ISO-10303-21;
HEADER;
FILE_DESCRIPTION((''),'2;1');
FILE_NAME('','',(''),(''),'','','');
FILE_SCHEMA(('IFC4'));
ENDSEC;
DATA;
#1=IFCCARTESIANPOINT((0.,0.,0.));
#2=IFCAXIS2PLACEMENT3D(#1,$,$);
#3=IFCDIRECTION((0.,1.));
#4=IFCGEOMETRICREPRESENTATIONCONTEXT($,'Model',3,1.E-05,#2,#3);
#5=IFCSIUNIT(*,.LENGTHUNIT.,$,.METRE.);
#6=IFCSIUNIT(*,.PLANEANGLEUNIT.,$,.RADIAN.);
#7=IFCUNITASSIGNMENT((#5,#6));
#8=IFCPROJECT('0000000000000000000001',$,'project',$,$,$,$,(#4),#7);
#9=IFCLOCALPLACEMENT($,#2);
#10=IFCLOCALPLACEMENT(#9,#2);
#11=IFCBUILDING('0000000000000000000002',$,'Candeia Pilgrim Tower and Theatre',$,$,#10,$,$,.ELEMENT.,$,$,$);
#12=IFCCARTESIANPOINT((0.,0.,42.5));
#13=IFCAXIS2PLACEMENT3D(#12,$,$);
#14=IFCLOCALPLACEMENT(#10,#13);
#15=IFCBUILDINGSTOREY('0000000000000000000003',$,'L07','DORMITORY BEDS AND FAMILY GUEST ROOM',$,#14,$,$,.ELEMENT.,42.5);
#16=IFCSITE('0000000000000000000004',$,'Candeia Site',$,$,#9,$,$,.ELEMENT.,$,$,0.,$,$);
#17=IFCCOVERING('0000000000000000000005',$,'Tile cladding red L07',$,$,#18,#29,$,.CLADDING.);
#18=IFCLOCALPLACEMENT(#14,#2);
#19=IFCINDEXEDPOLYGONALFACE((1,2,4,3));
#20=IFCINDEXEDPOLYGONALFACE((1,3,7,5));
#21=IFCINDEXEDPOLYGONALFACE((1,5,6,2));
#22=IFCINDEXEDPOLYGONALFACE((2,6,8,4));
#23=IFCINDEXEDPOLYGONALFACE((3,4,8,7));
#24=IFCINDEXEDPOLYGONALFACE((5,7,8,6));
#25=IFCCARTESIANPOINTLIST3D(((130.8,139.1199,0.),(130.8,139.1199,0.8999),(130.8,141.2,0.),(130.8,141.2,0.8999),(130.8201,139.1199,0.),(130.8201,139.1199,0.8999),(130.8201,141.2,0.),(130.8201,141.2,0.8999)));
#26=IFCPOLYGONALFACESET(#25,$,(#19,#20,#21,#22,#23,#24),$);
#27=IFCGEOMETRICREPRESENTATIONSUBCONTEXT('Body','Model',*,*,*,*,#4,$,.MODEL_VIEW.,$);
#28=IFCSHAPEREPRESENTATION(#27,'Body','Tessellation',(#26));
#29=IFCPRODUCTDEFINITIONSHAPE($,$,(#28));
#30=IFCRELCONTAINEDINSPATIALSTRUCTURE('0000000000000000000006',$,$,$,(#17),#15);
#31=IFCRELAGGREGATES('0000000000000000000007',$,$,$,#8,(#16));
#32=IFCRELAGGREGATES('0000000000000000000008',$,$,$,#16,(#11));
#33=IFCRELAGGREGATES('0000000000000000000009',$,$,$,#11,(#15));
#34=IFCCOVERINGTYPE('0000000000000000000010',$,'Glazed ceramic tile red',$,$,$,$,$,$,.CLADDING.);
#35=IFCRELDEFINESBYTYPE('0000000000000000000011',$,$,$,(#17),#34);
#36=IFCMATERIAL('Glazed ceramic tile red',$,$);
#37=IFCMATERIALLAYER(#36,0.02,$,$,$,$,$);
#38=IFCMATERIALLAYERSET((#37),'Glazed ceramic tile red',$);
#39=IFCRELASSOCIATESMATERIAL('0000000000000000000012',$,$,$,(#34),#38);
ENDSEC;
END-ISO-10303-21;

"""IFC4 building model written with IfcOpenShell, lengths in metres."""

from ifc_helpers import new_model, si_unit, direction, frame, origin, origin_2d, place, context, subcontext, project, spatial, rectangle, extrude, material, layer, layer_set, type_object, element, save


model = new_model("IFC4")

# Units and contexts
model_context = context("Model", 3, precision=1e-05, world=origin(), true_north=direction((0.0, 1.0)))
body_context = subcontext(model_context, "Body", "Model", "MODEL_VIEW")
ifc_project = project(units=[si_unit("LENGTHUNIT", "METRE"), si_unit("PLANEANGLEUNIT", "RADIAN")], contexts=[model_context])

# Site, building, storey
site_placement = place(None, origin())
site = spatial("IfcSite", under=ifc_project, at=site_placement, Name="Candeia Site", CompositionType="ELEMENT", RefElevation=0.0)
building_placement = place(site_placement, origin())
building = spatial("IfcBuilding", under=site, at=building_placement, Name="Candeia Pilgrim Tower and Theatre", CompositionType="ELEMENT")
storey_placement = place(building_placement, frame((0.0, 0.0, 42.5)))
storey = spatial("IfcBuildingStorey", under=building, at=storey_placement, Name="L07", Description="DORMITORY BEDS AND FAMILY GUEST ROOM", CompositionType="ELEMENT", Elevation=42.5)

# Covering
ifc_material_1 = material(Name="Glazed ceramic tile red")
ifc_layer_1 = layer(ifc_material_1, 0.02)
ifc_layer_set_1 = layer_set([ifc_layer_1], Name="Glazed ceramic tile red")
covering_type_1 = type_object("IfcCoveringType", Name="Glazed ceramic tile red", PredefinedType="CLADDING", material=ifc_layer_set_1)
covering_1_placement = place(storey_placement, frame((130.8101, 140.1599, 0.0), z_axis=(0.0, 0.0, 1.0), x_axis=(0.0, 1.0, 0.0)))
element("IfcCovering", 1, at=covering_1_placement, inside=storey, type_object=covering_type_1, Name="Tile cladding red L07", PredefinedType="CLADDING", context=body_context, shape_type="SweptSolid", body=[
    extrude(rectangle(XDim=2.0801, YDim=0.02, at=origin_2d()), origin(), (0.0, 0.0, 1.0), 0.8999),
])

save(model, "model.ifc")
